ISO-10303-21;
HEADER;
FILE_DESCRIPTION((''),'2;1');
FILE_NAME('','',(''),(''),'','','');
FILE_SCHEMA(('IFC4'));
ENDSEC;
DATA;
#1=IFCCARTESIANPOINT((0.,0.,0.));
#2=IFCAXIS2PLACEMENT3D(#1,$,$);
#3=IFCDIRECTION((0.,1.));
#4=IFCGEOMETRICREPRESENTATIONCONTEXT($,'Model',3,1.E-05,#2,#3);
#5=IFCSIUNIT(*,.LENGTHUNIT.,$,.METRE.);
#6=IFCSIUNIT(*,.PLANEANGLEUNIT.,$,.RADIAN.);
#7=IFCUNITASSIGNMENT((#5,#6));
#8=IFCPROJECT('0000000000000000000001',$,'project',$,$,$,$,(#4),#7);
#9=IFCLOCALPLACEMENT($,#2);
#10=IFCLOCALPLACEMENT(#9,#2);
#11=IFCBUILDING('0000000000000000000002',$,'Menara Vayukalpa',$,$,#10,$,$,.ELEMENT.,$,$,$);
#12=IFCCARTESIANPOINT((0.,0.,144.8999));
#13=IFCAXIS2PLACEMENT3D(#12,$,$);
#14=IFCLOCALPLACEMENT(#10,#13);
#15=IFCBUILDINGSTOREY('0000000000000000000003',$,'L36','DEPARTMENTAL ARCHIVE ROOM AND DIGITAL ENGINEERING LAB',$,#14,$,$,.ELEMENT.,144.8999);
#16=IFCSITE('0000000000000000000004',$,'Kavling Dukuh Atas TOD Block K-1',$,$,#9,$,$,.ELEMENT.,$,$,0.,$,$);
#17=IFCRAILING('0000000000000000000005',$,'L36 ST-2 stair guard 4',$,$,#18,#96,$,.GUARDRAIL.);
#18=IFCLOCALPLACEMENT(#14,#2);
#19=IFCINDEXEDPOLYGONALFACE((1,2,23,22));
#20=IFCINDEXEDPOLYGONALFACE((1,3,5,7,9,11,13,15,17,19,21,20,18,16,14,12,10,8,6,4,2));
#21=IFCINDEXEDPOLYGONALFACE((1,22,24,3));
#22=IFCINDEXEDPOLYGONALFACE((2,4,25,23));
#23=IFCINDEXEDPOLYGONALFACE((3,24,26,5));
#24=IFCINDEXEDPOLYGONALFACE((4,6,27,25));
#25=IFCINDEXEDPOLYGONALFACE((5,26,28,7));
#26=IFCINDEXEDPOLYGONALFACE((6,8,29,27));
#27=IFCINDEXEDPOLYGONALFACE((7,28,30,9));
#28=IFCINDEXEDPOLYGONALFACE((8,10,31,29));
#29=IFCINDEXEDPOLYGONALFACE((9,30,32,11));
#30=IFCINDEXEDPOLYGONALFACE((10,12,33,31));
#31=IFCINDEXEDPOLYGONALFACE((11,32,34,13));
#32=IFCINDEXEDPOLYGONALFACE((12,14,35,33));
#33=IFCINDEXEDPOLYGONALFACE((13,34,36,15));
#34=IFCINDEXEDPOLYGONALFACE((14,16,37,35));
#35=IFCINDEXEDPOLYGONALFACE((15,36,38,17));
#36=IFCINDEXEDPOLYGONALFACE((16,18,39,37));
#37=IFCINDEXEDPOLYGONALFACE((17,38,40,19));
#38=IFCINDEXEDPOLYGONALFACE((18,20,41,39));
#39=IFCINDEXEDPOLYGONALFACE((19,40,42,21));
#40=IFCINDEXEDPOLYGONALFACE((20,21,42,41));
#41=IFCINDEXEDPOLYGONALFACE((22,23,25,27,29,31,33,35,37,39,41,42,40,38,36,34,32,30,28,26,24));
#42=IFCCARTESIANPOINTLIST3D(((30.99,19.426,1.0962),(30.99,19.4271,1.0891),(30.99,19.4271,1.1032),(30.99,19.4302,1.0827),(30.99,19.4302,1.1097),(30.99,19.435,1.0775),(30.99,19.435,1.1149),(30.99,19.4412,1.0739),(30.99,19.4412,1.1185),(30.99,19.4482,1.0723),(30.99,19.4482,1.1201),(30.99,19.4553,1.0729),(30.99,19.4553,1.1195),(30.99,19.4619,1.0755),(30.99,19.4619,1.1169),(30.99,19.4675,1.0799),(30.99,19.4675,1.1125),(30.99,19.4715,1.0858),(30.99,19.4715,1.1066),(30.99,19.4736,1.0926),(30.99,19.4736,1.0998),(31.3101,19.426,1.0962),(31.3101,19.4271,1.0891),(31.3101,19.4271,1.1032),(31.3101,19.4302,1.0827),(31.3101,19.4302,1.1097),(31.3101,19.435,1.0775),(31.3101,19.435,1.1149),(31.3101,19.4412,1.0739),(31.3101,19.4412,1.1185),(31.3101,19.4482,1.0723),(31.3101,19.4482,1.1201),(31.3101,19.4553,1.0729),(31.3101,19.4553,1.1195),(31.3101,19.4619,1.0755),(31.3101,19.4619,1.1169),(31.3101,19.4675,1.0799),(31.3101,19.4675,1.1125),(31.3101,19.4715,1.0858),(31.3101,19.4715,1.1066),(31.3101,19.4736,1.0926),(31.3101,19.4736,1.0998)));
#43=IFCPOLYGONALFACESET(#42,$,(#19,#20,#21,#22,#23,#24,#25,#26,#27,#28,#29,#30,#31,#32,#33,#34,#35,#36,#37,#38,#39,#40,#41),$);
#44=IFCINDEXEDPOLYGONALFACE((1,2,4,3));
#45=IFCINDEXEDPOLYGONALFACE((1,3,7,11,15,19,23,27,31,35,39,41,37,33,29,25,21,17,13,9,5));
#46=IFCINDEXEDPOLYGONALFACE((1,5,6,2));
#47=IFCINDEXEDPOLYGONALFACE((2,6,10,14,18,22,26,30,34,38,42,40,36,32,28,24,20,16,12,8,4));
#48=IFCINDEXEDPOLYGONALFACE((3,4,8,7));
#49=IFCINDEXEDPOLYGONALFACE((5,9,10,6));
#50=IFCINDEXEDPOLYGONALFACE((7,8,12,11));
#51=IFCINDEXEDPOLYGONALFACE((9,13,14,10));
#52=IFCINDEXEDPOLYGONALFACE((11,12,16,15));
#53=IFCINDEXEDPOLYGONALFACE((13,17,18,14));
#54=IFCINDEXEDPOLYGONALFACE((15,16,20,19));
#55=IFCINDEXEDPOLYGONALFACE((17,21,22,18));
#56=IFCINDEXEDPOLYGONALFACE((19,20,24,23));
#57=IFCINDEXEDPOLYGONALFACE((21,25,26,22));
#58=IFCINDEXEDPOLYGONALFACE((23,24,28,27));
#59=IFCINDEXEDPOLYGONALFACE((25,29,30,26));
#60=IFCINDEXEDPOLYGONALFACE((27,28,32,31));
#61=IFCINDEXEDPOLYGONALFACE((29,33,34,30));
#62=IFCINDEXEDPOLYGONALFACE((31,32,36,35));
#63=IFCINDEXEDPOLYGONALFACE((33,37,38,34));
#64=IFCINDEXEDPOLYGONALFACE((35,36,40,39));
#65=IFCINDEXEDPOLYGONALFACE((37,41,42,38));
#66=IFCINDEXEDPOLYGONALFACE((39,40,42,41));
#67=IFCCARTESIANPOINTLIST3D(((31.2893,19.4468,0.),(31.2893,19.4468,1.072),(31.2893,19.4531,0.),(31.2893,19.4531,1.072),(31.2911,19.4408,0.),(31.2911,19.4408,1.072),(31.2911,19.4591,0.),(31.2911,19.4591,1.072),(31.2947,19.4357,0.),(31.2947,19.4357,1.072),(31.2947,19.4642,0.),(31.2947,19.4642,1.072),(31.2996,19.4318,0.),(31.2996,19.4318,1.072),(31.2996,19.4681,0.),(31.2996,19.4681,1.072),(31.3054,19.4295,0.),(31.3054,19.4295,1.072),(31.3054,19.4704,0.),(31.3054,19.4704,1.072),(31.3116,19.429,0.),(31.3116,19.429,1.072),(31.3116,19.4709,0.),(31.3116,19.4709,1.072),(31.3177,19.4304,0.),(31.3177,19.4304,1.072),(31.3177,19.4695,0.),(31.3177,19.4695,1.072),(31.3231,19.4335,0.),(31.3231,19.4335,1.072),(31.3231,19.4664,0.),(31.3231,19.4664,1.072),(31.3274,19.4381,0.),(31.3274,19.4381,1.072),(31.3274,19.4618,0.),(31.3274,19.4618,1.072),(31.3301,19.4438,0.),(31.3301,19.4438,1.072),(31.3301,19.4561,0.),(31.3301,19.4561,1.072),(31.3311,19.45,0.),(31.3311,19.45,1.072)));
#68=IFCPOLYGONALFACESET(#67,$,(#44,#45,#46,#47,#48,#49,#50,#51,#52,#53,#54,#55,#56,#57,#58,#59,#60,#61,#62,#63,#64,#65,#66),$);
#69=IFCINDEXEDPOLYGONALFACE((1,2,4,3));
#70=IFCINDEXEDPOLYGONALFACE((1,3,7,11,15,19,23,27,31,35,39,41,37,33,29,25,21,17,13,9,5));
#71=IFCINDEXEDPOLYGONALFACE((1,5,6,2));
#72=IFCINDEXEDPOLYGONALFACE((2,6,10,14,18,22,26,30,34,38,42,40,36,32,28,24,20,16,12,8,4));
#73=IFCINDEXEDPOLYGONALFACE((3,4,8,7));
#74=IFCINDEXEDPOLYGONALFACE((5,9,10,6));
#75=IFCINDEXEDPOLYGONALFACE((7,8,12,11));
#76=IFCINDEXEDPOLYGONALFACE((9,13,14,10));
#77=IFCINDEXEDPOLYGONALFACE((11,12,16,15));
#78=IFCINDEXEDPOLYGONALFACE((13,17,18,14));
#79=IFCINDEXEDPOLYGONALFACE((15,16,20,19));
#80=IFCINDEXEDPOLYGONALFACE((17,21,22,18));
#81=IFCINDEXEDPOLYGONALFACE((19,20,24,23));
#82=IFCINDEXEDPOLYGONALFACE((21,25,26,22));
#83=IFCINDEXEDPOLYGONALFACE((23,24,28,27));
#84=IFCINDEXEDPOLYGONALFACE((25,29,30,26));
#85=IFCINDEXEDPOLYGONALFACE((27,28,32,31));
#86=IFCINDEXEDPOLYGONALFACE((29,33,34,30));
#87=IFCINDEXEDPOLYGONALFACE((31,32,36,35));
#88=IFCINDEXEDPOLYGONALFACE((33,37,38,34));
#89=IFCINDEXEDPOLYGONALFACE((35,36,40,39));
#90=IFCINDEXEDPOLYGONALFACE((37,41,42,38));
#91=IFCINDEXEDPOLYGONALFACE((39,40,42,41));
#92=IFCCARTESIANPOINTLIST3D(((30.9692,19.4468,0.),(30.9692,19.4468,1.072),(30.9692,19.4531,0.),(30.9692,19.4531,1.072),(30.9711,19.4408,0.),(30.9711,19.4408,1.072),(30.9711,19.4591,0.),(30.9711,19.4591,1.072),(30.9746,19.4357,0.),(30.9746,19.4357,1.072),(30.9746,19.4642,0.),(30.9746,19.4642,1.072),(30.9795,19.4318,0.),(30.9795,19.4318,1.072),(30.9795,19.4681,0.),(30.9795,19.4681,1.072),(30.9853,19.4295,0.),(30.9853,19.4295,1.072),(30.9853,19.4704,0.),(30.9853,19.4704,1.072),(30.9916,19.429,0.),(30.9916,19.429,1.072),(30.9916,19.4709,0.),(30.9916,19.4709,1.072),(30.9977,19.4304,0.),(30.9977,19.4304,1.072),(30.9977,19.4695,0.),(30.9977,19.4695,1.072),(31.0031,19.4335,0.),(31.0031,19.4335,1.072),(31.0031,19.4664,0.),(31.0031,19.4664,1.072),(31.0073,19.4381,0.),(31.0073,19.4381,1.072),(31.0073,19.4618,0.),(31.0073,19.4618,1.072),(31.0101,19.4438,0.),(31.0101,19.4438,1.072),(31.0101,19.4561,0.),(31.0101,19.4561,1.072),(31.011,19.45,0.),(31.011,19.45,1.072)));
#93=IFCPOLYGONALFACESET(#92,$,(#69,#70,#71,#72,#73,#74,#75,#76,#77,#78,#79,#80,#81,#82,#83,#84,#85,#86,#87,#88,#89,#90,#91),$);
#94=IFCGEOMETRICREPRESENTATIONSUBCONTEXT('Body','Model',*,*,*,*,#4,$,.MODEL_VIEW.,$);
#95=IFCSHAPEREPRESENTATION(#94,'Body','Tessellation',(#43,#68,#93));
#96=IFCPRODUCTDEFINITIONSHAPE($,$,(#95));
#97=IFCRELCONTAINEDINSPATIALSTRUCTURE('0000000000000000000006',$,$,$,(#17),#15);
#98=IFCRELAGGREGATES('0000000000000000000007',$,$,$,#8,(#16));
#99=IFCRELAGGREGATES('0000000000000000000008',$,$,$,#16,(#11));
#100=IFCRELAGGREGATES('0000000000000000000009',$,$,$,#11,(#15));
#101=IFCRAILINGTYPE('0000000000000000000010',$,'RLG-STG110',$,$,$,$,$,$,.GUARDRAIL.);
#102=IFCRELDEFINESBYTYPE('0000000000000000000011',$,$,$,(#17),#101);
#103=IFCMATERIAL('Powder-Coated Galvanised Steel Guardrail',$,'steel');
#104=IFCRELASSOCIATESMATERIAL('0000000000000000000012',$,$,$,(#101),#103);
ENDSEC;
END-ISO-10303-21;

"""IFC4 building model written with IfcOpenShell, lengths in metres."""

from ifc_helpers import new_model, si_unit, direction, frame, origin, origin_2d, place, context, subcontext, project, spatial, circle, extrude, material, type_object, element, save


model = new_model("IFC4")

# Units and contexts
model_context = context("Model", 3, precision=1e-05, world=origin(), true_north=direction((0.0, 1.0)))
body_context = subcontext(model_context, "Body", "Model", "MODEL_VIEW")
ifc_project = project(units=[si_unit("LENGTHUNIT", "METRE"), si_unit("PLANEANGLEUNIT", "RADIAN")], contexts=[model_context])

# Site, building, storey
site_placement = place(None, origin())
site = spatial("IfcSite", under=ifc_project, at=site_placement, Name="Kavling Dukuh Atas TOD Block K-1", CompositionType="ELEMENT", RefElevation=0.0)
building_placement = place(site_placement, origin())
building = spatial("IfcBuilding", under=site, at=building_placement, Name="Menara Vayukalpa", CompositionType="ELEMENT")
storey_placement = place(building_placement, frame((0.0, 0.0, 144.8999)))
storey = spatial("IfcBuildingStorey", under=building, at=storey_placement, Name="L36", Description="DEPARTMENTAL ARCHIVE ROOM AND DIGITAL ENGINEERING LAB", CompositionType="ELEMENT", Elevation=144.8999)

# Railing
ifc_material_1 = material(Name="Powder-Coated Galvanised Steel Guardrail", Category="steel")
railing_type_1 = type_object("IfcRailingType", Name="RLG-STG110", PredefinedType="GUARDRAIL", material=ifc_material_1)
railing_1_placement = place(storey_placement, frame((31.3101, 19.45, 0.0)))
element("IfcRailing", 1, at=railing_1_placement, inside=storey, type_object=railing_type_1, Name="L36 ST-2 stair guard 4", PredefinedType="GUARDRAIL", context=body_context, shape_type="SweptSolid", body=[
    extrude(circle(Radius=0.0239, at=origin_2d()), frame((0.0, 0.0, 1.0962), z_axis=(-1.0, 0.0, 0.0), x_axis=(0.0, -1.0, 0.0)), (0.0, 0.0, 1.0), 0.3201),
    extrude(circle(Radius=0.021, at=origin_2d()), origin(), (0.0, 0.0, 1.0), 1.072),
    extrude(circle(Radius=0.021, at=origin_2d()), frame((-0.3201, 0.0, 0.0)), (0.0, 0.0, 1.0), 1.072),
])

save(model, "model.ifc")
